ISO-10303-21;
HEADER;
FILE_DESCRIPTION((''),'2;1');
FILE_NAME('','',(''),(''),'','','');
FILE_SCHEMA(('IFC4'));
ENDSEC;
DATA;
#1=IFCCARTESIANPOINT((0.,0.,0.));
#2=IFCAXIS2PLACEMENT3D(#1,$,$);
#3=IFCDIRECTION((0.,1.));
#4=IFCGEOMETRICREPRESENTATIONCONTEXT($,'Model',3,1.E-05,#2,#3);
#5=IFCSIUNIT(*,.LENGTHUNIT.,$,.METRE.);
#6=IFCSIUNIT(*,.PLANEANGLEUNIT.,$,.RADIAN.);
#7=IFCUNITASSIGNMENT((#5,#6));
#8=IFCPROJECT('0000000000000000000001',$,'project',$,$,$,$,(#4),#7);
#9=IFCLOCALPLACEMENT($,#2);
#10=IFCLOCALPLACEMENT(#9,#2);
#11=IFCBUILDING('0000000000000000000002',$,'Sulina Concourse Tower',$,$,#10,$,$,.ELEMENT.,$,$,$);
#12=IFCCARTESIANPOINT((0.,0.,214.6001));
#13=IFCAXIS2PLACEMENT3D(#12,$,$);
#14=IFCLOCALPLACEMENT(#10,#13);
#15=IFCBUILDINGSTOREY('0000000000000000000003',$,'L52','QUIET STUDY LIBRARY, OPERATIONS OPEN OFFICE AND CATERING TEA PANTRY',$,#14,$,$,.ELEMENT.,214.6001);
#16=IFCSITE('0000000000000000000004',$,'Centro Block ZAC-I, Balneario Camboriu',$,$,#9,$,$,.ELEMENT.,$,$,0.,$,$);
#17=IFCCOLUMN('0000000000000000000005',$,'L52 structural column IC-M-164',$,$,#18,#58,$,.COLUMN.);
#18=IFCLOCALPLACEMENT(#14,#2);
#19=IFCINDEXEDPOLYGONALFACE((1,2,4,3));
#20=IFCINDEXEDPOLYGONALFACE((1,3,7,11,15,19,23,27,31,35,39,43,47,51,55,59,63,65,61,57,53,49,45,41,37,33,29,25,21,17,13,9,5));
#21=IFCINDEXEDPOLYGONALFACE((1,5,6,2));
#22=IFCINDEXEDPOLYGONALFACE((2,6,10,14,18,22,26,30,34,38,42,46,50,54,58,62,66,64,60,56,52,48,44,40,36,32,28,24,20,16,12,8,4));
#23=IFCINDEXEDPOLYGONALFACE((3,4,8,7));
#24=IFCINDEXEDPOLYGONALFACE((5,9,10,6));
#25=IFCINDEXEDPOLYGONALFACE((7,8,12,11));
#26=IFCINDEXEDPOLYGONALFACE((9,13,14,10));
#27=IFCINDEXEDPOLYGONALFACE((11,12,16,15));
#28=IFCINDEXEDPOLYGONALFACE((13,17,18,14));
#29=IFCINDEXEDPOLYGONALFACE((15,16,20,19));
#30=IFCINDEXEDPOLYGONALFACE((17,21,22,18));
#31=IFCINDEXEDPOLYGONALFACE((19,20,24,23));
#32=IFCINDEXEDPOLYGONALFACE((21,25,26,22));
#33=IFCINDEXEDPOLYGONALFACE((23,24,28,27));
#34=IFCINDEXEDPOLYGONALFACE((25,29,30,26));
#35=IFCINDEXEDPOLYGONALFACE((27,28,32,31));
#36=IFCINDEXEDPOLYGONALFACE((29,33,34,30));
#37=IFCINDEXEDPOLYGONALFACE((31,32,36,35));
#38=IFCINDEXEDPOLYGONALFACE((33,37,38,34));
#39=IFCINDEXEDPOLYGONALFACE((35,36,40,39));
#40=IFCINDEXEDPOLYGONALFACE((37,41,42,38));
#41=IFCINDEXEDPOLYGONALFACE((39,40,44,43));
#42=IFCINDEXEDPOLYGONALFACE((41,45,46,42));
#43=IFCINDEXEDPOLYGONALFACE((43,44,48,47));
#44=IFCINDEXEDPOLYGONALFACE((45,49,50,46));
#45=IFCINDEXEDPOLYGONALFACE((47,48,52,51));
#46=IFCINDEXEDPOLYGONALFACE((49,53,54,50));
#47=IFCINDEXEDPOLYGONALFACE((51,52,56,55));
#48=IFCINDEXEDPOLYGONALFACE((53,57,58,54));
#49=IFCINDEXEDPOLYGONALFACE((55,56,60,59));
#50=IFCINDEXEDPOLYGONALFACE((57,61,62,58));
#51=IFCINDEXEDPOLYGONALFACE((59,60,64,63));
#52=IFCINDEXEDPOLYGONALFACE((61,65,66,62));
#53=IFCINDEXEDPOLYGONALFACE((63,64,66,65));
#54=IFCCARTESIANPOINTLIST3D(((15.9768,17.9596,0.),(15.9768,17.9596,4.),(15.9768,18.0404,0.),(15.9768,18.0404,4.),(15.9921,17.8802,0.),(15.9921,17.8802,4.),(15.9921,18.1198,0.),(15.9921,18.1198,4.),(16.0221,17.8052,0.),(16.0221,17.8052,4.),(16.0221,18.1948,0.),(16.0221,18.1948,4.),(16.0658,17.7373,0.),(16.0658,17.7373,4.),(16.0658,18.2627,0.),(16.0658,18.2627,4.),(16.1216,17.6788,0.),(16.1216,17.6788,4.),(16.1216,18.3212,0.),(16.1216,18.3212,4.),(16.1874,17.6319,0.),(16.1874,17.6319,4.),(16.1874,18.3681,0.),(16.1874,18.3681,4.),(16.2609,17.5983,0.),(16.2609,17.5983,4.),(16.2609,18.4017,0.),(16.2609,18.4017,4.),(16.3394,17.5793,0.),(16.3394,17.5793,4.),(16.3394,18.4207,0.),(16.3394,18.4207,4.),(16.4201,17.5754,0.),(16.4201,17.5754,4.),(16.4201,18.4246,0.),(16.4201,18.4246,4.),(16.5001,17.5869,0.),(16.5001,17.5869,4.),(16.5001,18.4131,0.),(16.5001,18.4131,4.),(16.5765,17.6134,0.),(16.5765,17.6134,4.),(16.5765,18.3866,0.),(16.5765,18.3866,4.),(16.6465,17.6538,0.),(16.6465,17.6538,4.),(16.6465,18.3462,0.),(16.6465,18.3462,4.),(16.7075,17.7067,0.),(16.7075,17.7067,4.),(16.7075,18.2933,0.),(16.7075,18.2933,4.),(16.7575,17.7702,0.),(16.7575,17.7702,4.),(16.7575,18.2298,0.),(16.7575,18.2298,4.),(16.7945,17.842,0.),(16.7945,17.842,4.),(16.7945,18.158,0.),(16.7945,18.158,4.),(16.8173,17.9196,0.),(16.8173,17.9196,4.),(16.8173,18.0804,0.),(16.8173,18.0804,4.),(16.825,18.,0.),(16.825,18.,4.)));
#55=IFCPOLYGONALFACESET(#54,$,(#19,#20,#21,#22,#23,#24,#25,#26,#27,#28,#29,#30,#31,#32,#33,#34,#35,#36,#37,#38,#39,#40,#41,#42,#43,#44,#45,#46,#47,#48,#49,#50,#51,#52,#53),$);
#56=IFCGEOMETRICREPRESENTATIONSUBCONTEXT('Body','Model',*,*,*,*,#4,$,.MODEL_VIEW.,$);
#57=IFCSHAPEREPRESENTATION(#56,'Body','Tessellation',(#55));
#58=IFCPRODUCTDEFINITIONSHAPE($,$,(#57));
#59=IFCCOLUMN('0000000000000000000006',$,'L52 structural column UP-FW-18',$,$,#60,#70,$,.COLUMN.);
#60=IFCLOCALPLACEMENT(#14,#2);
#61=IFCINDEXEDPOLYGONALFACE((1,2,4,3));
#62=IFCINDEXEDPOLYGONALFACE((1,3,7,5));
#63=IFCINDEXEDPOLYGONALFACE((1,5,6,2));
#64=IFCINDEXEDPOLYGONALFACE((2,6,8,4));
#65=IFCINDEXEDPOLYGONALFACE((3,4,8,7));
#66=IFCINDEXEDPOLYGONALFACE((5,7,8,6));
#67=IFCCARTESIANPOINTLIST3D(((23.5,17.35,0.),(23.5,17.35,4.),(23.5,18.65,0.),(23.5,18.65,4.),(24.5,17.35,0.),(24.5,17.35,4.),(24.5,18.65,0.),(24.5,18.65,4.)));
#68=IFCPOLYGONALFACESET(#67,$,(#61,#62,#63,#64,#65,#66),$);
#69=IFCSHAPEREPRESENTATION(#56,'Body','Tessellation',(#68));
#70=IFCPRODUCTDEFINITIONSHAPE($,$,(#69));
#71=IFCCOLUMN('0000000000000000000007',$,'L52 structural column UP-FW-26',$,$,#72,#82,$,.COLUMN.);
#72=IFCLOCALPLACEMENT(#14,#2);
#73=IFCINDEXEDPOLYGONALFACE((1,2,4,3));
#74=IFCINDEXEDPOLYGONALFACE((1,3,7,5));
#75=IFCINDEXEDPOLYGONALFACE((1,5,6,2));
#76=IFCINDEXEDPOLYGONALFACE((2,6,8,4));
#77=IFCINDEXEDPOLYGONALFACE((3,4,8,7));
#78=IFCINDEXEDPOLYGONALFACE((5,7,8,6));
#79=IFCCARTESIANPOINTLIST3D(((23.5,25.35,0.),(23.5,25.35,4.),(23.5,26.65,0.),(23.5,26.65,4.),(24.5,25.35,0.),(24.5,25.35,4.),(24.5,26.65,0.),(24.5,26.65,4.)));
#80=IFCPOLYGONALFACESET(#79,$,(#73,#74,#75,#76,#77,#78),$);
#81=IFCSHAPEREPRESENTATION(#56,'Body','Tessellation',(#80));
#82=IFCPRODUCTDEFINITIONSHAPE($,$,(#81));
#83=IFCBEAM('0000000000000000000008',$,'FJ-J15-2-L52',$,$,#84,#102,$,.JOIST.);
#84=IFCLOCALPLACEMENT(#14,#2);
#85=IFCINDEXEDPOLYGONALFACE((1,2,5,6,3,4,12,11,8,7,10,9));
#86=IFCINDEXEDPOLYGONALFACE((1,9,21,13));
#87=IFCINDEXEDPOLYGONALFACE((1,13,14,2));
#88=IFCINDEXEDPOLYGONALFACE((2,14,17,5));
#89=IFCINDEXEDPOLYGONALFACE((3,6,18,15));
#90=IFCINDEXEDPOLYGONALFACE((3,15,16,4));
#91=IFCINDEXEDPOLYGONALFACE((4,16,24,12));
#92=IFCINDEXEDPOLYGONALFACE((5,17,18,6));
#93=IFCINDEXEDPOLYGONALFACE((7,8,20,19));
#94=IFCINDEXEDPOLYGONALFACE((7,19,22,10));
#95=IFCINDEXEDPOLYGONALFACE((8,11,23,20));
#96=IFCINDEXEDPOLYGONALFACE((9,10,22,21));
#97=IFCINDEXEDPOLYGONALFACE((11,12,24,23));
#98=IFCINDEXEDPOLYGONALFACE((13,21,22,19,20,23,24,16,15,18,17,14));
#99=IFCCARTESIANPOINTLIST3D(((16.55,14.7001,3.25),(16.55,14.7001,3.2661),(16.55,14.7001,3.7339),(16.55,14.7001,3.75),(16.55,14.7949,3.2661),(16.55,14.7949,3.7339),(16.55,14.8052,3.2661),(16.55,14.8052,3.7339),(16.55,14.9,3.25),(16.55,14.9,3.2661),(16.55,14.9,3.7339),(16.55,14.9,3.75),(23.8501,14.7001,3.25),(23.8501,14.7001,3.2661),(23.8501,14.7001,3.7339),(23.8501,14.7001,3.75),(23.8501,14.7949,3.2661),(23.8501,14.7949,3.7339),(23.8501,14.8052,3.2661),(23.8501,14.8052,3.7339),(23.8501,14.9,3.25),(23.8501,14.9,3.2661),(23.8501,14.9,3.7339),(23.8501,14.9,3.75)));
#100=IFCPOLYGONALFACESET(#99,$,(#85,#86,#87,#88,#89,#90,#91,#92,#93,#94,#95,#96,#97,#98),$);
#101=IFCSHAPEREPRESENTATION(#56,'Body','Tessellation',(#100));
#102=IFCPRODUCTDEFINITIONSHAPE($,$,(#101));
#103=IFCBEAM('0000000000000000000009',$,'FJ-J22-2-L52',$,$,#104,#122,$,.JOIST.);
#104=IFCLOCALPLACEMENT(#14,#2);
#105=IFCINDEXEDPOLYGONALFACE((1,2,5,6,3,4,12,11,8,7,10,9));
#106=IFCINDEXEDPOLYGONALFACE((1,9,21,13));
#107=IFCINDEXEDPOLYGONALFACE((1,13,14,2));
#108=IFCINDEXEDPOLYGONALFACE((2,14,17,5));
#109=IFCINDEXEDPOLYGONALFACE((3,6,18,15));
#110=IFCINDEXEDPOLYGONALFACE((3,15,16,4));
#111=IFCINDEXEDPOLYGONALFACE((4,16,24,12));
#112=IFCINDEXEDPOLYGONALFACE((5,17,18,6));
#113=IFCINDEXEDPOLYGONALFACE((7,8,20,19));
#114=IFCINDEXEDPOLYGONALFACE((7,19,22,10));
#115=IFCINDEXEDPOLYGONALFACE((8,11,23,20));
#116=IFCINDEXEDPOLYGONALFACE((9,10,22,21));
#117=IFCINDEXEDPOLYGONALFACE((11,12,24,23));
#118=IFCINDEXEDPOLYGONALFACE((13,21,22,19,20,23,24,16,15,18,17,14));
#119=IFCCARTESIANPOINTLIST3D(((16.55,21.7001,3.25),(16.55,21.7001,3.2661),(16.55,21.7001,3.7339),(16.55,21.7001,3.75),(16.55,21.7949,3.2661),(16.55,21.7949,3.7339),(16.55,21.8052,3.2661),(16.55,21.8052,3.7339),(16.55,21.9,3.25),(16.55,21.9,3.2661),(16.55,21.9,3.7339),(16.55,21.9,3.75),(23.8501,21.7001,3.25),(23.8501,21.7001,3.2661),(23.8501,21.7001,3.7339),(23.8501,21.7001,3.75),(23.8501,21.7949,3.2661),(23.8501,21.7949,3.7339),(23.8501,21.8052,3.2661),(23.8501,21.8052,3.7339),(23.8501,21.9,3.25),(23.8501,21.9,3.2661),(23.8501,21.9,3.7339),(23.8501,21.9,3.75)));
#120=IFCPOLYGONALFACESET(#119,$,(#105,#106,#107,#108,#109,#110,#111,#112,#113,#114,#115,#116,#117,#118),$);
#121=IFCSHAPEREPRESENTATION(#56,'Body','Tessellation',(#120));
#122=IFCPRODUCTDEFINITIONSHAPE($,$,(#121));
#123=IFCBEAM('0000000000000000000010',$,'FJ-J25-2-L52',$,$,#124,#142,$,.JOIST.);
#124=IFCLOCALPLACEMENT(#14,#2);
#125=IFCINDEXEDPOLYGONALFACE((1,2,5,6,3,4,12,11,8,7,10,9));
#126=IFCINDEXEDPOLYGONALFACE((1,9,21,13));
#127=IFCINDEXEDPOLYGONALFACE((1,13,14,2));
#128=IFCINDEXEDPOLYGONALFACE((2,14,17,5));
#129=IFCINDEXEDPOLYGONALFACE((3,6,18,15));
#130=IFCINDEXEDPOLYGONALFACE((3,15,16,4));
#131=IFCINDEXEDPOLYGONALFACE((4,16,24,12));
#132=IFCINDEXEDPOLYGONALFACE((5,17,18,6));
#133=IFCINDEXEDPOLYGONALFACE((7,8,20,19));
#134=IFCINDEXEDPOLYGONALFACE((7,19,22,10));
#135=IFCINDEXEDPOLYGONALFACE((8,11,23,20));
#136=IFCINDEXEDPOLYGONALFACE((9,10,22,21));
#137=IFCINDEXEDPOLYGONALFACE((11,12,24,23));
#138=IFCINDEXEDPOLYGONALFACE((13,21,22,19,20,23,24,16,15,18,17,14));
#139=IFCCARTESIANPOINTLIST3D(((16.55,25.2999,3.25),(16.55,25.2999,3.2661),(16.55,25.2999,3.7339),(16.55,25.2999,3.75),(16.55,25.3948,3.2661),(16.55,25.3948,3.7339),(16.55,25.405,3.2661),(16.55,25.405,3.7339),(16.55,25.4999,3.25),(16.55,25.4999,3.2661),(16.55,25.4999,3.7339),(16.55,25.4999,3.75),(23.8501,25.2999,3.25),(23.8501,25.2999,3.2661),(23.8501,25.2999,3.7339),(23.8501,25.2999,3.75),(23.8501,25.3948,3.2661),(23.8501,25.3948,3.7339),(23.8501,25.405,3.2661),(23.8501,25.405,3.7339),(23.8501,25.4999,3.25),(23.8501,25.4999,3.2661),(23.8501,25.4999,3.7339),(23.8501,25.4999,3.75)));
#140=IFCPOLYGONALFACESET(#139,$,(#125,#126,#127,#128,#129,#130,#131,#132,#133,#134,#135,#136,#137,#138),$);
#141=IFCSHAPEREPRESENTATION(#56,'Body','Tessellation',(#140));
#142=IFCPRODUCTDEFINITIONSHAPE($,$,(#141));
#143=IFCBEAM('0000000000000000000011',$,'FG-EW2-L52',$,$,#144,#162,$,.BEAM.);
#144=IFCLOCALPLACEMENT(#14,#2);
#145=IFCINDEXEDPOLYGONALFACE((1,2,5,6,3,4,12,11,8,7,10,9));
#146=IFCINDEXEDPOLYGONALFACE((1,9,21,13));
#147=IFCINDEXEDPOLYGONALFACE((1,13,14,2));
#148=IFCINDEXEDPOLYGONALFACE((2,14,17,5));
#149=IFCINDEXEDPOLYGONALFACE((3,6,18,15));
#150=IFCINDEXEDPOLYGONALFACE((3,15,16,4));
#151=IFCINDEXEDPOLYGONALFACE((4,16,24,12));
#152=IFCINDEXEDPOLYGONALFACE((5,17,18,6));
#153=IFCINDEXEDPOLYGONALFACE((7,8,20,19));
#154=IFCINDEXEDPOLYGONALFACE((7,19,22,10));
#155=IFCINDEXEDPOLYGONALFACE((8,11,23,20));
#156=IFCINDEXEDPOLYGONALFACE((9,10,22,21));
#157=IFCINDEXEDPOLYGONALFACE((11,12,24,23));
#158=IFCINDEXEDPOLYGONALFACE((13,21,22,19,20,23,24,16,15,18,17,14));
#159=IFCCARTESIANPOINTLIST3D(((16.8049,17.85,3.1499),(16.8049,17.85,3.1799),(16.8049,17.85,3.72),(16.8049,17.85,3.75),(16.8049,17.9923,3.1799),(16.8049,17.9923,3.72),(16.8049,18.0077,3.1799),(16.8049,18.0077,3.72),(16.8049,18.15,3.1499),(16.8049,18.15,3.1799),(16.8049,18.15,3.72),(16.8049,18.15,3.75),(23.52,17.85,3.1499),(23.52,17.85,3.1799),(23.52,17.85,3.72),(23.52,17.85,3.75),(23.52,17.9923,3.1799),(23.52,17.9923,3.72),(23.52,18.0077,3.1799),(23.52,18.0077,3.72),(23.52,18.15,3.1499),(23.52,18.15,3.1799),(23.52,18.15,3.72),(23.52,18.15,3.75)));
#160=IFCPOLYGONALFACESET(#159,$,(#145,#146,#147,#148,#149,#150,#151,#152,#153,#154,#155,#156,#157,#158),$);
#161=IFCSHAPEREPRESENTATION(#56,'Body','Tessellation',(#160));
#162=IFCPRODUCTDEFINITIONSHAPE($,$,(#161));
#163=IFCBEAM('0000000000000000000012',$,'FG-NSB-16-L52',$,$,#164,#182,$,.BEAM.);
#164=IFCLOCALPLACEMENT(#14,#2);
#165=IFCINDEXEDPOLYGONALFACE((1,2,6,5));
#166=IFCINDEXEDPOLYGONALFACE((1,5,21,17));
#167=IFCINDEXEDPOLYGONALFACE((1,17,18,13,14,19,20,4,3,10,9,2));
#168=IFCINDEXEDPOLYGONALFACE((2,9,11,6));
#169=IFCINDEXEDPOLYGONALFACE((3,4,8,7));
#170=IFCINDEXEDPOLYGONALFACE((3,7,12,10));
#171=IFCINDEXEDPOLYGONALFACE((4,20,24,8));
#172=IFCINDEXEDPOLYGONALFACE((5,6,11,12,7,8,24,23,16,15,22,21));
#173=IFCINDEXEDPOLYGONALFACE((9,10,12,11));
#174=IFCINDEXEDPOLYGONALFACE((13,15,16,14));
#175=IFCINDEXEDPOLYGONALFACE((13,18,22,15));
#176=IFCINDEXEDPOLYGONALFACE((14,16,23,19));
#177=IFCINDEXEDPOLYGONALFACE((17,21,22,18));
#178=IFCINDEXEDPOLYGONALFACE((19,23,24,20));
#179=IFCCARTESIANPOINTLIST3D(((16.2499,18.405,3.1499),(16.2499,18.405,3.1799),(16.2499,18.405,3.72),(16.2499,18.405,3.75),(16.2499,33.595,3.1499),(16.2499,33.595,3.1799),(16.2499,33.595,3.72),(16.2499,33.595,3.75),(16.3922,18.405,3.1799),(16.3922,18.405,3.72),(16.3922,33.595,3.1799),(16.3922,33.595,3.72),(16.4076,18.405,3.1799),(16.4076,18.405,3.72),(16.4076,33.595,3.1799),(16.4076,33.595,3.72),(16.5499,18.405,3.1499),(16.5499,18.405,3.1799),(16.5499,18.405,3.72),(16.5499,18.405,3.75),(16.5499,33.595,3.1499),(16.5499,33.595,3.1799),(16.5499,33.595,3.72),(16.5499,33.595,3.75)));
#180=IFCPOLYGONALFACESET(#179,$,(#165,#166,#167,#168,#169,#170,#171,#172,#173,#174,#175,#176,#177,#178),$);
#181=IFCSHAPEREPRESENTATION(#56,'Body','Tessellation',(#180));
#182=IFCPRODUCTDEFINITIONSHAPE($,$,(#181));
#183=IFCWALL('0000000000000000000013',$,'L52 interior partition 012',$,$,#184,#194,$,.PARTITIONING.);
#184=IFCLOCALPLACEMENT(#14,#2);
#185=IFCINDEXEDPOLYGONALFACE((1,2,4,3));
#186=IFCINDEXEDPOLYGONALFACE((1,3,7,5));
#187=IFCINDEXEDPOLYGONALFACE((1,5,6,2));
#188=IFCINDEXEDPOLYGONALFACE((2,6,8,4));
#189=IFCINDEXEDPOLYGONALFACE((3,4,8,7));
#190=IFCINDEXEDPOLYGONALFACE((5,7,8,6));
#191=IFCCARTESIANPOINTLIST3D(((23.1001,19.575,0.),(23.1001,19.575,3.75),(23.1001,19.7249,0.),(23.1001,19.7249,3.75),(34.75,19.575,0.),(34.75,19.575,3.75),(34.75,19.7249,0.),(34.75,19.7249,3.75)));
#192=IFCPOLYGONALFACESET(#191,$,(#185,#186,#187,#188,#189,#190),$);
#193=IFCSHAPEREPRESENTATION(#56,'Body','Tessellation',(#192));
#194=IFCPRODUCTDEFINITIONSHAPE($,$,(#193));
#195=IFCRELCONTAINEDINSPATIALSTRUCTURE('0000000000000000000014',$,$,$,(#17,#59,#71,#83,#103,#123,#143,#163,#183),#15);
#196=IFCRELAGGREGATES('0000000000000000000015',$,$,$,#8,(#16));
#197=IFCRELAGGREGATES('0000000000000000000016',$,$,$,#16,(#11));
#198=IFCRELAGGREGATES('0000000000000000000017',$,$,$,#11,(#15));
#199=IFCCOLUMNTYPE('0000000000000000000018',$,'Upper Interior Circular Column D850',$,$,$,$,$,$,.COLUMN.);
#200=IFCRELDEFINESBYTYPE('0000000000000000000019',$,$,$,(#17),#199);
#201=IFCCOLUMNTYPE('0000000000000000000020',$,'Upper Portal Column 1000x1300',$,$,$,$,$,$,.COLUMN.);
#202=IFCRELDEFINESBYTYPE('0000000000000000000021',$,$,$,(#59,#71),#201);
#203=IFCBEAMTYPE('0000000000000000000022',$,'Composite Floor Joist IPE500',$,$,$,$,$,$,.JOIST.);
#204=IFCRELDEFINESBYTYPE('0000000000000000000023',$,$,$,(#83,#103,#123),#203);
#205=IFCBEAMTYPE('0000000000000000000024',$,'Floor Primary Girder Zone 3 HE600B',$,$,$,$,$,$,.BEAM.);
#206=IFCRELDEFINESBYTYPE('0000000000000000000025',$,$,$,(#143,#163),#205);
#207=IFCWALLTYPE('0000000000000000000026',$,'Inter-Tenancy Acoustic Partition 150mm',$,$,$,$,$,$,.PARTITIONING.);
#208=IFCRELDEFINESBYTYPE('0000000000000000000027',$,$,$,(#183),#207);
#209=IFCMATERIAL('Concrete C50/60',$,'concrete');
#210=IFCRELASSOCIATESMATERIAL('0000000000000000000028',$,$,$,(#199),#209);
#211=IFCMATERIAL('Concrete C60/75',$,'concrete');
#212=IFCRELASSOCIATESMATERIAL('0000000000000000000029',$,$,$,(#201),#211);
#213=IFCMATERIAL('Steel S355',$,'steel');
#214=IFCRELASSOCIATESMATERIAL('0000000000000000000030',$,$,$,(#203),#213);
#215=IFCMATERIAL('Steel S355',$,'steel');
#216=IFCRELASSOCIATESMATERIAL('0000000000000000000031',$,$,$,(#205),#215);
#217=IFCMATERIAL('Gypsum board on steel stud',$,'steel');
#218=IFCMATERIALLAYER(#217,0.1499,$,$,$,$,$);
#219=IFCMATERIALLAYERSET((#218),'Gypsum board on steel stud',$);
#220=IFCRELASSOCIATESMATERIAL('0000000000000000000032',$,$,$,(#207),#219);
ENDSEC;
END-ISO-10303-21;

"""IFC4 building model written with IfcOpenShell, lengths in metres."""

from ifc_helpers import new_model, si_unit, direction, frame, frame_2d, origin, origin_2d, place, context, subcontext, project, spatial, rectangle, circle, i_section, extrude, material, layer, layer_set, material_profile, profile_set, type_object, element, save


model = new_model("IFC4")

# Units and contexts
model_context = context("Model", 3, precision=1e-05, world=origin(), true_north=direction((0.0, 1.0)))
body_context = subcontext(model_context, "Body", "Model", "MODEL_VIEW")
ifc_project = project(units=[si_unit("LENGTHUNIT", "METRE"), si_unit("PLANEANGLEUNIT", "RADIAN")], contexts=[model_context])

# Site, building, storey
site_placement = place(None, origin())
site = spatial("IfcSite", under=ifc_project, at=site_placement, Name="Centro Block ZAC-I, Balneario Camboriu", CompositionType="ELEMENT", RefElevation=0.0)
building_placement = place(site_placement, origin())
building = spatial("IfcBuilding", under=site, at=building_placement, Name="Sulina Concourse Tower", CompositionType="ELEMENT")
storey_placement = place(building_placement, frame((0.0, 0.0, 214.6001)))
storey = spatial("IfcBuildingStorey", under=building, at=storey_placement, Name="L52", Description="QUIET STUDY LIBRARY, OPERATIONS OPEN OFFICE AND CATERING TEA PANTRY", CompositionType="ELEMENT", Elevation=214.6001)

# Columns
ifc_material_1 = material(Name="Concrete C50/60", Category="concrete")
ifc_material_profile_1 = material_profile(ifc_material_1, circle(Radius=0.425, at=origin_2d()), Name="RC D850")
ifc_profile_set_1 = profile_set([ifc_material_profile_1], Name="Concrete C50/60")
column_type_1 = type_object("IfcColumnType", Name="Upper Interior Circular Column D850", PredefinedType="COLUMN", material=ifc_profile_set_1)
column_placement = place(storey_placement, frame((16.3999, 18.0, 0.0), z_axis=(0.0, 0.0, 1.0), x_axis=(1.0, 0.0, 0.0)))
element("IfcColumn", 1, at=column_placement, inside=storey, type_object=column_type_1, Name="L52 structural column IC-M-164", PredefinedType="COLUMN", context=body_context, shape_type="SweptSolid", body=[
    extrude(circle(Radius=0.425, at=origin_2d()), origin(), (0.0, 0.0, 1.0), 4.0),
])
ifc_material_2 = material(Name="Concrete C60/75", Category="concrete")
ifc_material_profile_2 = material_profile(ifc_material_2, rectangle(XDim=1.0, YDim=1.3, at=origin_2d()), Name="RC 1000x1300")
ifc_profile_set_2 = profile_set([ifc_material_profile_2], Name="Concrete C60/75")
column_type_2 = type_object("IfcColumnType", Name="Upper Portal Column 1000x1300", PredefinedType="COLUMN", material=ifc_profile_set_2)
for number, where, z_axis, x_axis, name in (
    (2, (24.0, 18.0, 0.0), (0.0, 0.0, 1.0), (1.0, 0.0, 0.0), "L52 structural column UP-FW-18"),
    (3, (24.0, 26.0, 0.0), (0.0, 0.0, 1.0), (1.0, 0.0, 0.0), "L52 structural column UP-FW-26"),
):
    element("IfcColumn", number, at=place(storey_placement, frame(where, z_axis=z_axis, x_axis=x_axis)), inside=storey, type_object=column_type_2, Name=name, PredefinedType="COLUMN", context=body_context, shape_type="SweptSolid", body=[
        extrude(rectangle(XDim=1.0, YDim=1.3, at=origin_2d()), origin(), (0.0, 0.0, 1.0), 4.0),
    ])

# Beams
ifc_material_3 = material(Name="Steel S355", Category="steel")
ifc_material_profile_3 = material_profile(ifc_material_3, i_section(OverallWidth=0.2, OverallDepth=0.5, WebThickness=0.0103, FlangeThickness=0.0161, at=origin_2d()), Name="IPE 500")
ifc_profile_set_3 = profile_set([ifc_material_profile_3], Name="Steel S355")
beam_type_1 = type_object("IfcBeamType", Name="Composite Floor Joist IPE500", PredefinedType="JOIST", material=ifc_profile_set_3)
for number, where, z_axis, x_axis, name in (
    (4, (16.55, 14.8, 3.5), (1.0, 0.0, 0.0), (0.0, 1.0, 0.0), "FJ-J15-2-L52"),
    (5, (16.55, 21.8, 3.5), (1.0, 0.0, 0.0), (0.0, 1.0, 0.0), "FJ-J22-2-L52"),
    (6, (16.55, 25.3999, 3.5), (1.0, 0.0, 0.0), (0.0, 1.0, 0.0), "FJ-J25-2-L52"),
):
    element("IfcBeam", number, at=place(storey_placement, frame(where, z_axis=z_axis, x_axis=x_axis)), inside=storey, type_object=beam_type_1, Name=name, PredefinedType="JOIST", context=body_context, shape_type="SweptSolid", body=[
        extrude(i_section(OverallWidth=0.2, OverallDepth=0.5, WebThickness=0.0103, FlangeThickness=0.0161, at=origin_2d()), origin(), (0.0, 0.0, 1.0), 7.3),
    ])
ifc_material_4 = material(Name="Steel S355", Category="steel")
ifc_material_profile_4 = material_profile(ifc_material_4, i_section(OverallWidth=0.3, OverallDepth=0.6001, WebThickness=0.0154, FlangeThickness=0.03, at=origin_2d()), Name="HE 600 B")
ifc_profile_set_4 = profile_set([ifc_material_profile_4], Name="Steel S355")
beam_type_2 = type_object("IfcBeamType", Name="Floor Primary Girder Zone 3 HE600B", PredefinedType="BEAM", material=ifc_profile_set_4)
beam_1_placement = place(storey_placement, frame((16.8049, 18.0, 3.45), z_axis=(1.0, 0.0, 0.0), x_axis=(0.0, 1.0, 0.0)))
element("IfcBeam", 7, at=beam_1_placement, inside=storey, type_object=beam_type_2, Name="FG-EW2-L52", PredefinedType="BEAM", context=body_context, shape_type="SweptSolid", body=[
    extrude(i_section(OverallWidth=0.3, OverallDepth=0.6001, WebThickness=0.0154, FlangeThickness=0.03, at=origin_2d()), origin(), (0.0, 0.0, 1.0), 6.7151),
])
beam_2_placement = place(storey_placement, frame((16.3999, 18.405, 3.45), z_axis=(0.0, 1.0, 0.0), x_axis=(-1.0, 0.0, 0.0)))
element("IfcBeam", 8, at=beam_2_placement, inside=storey, type_object=beam_type_2, Name="FG-NSB-16-L52", PredefinedType="BEAM", context=body_context, shape_type="SweptSolid", body=[
    extrude(i_section(OverallWidth=0.3, OverallDepth=0.6001, WebThickness=0.0154, FlangeThickness=0.03, at=origin_2d()), origin(), (0.0, 0.0, 1.0), 15.1899),
])

# Wall
ifc_material_5 = material(Name="Gypsum board on steel stud", Category="steel")
ifc_layer_1 = layer(ifc_material_5, 0.1499)
ifc_layer_set_1 = layer_set([ifc_layer_1], Name="Gypsum board on steel stud")
wall_type_1 = type_object("IfcWallType", Name="Inter-Tenancy Acoustic Partition 150mm", PredefinedType="PARTITIONING", material=ifc_layer_set_1)
wall_1_placement = place(storey_placement, frame((23.1001, 19.6499, 0.0), z_axis=(0.0, 0.0, 1.0), x_axis=(1.0, 0.0, 0.0)))
element("IfcWall", 9, at=wall_1_placement, inside=storey, type_object=wall_type_1, Name="L52 interior partition 012", PredefinedType="PARTITIONING", context=body_context, shape_type="SweptSolid", body=[
    extrude(rectangle(XDim=11.6499, YDim=0.1499, at=frame_2d((5.825, 0.0))), origin(), (0.0, 0.0, 1.0), 3.75),
])

save(model, "model.ifc")
